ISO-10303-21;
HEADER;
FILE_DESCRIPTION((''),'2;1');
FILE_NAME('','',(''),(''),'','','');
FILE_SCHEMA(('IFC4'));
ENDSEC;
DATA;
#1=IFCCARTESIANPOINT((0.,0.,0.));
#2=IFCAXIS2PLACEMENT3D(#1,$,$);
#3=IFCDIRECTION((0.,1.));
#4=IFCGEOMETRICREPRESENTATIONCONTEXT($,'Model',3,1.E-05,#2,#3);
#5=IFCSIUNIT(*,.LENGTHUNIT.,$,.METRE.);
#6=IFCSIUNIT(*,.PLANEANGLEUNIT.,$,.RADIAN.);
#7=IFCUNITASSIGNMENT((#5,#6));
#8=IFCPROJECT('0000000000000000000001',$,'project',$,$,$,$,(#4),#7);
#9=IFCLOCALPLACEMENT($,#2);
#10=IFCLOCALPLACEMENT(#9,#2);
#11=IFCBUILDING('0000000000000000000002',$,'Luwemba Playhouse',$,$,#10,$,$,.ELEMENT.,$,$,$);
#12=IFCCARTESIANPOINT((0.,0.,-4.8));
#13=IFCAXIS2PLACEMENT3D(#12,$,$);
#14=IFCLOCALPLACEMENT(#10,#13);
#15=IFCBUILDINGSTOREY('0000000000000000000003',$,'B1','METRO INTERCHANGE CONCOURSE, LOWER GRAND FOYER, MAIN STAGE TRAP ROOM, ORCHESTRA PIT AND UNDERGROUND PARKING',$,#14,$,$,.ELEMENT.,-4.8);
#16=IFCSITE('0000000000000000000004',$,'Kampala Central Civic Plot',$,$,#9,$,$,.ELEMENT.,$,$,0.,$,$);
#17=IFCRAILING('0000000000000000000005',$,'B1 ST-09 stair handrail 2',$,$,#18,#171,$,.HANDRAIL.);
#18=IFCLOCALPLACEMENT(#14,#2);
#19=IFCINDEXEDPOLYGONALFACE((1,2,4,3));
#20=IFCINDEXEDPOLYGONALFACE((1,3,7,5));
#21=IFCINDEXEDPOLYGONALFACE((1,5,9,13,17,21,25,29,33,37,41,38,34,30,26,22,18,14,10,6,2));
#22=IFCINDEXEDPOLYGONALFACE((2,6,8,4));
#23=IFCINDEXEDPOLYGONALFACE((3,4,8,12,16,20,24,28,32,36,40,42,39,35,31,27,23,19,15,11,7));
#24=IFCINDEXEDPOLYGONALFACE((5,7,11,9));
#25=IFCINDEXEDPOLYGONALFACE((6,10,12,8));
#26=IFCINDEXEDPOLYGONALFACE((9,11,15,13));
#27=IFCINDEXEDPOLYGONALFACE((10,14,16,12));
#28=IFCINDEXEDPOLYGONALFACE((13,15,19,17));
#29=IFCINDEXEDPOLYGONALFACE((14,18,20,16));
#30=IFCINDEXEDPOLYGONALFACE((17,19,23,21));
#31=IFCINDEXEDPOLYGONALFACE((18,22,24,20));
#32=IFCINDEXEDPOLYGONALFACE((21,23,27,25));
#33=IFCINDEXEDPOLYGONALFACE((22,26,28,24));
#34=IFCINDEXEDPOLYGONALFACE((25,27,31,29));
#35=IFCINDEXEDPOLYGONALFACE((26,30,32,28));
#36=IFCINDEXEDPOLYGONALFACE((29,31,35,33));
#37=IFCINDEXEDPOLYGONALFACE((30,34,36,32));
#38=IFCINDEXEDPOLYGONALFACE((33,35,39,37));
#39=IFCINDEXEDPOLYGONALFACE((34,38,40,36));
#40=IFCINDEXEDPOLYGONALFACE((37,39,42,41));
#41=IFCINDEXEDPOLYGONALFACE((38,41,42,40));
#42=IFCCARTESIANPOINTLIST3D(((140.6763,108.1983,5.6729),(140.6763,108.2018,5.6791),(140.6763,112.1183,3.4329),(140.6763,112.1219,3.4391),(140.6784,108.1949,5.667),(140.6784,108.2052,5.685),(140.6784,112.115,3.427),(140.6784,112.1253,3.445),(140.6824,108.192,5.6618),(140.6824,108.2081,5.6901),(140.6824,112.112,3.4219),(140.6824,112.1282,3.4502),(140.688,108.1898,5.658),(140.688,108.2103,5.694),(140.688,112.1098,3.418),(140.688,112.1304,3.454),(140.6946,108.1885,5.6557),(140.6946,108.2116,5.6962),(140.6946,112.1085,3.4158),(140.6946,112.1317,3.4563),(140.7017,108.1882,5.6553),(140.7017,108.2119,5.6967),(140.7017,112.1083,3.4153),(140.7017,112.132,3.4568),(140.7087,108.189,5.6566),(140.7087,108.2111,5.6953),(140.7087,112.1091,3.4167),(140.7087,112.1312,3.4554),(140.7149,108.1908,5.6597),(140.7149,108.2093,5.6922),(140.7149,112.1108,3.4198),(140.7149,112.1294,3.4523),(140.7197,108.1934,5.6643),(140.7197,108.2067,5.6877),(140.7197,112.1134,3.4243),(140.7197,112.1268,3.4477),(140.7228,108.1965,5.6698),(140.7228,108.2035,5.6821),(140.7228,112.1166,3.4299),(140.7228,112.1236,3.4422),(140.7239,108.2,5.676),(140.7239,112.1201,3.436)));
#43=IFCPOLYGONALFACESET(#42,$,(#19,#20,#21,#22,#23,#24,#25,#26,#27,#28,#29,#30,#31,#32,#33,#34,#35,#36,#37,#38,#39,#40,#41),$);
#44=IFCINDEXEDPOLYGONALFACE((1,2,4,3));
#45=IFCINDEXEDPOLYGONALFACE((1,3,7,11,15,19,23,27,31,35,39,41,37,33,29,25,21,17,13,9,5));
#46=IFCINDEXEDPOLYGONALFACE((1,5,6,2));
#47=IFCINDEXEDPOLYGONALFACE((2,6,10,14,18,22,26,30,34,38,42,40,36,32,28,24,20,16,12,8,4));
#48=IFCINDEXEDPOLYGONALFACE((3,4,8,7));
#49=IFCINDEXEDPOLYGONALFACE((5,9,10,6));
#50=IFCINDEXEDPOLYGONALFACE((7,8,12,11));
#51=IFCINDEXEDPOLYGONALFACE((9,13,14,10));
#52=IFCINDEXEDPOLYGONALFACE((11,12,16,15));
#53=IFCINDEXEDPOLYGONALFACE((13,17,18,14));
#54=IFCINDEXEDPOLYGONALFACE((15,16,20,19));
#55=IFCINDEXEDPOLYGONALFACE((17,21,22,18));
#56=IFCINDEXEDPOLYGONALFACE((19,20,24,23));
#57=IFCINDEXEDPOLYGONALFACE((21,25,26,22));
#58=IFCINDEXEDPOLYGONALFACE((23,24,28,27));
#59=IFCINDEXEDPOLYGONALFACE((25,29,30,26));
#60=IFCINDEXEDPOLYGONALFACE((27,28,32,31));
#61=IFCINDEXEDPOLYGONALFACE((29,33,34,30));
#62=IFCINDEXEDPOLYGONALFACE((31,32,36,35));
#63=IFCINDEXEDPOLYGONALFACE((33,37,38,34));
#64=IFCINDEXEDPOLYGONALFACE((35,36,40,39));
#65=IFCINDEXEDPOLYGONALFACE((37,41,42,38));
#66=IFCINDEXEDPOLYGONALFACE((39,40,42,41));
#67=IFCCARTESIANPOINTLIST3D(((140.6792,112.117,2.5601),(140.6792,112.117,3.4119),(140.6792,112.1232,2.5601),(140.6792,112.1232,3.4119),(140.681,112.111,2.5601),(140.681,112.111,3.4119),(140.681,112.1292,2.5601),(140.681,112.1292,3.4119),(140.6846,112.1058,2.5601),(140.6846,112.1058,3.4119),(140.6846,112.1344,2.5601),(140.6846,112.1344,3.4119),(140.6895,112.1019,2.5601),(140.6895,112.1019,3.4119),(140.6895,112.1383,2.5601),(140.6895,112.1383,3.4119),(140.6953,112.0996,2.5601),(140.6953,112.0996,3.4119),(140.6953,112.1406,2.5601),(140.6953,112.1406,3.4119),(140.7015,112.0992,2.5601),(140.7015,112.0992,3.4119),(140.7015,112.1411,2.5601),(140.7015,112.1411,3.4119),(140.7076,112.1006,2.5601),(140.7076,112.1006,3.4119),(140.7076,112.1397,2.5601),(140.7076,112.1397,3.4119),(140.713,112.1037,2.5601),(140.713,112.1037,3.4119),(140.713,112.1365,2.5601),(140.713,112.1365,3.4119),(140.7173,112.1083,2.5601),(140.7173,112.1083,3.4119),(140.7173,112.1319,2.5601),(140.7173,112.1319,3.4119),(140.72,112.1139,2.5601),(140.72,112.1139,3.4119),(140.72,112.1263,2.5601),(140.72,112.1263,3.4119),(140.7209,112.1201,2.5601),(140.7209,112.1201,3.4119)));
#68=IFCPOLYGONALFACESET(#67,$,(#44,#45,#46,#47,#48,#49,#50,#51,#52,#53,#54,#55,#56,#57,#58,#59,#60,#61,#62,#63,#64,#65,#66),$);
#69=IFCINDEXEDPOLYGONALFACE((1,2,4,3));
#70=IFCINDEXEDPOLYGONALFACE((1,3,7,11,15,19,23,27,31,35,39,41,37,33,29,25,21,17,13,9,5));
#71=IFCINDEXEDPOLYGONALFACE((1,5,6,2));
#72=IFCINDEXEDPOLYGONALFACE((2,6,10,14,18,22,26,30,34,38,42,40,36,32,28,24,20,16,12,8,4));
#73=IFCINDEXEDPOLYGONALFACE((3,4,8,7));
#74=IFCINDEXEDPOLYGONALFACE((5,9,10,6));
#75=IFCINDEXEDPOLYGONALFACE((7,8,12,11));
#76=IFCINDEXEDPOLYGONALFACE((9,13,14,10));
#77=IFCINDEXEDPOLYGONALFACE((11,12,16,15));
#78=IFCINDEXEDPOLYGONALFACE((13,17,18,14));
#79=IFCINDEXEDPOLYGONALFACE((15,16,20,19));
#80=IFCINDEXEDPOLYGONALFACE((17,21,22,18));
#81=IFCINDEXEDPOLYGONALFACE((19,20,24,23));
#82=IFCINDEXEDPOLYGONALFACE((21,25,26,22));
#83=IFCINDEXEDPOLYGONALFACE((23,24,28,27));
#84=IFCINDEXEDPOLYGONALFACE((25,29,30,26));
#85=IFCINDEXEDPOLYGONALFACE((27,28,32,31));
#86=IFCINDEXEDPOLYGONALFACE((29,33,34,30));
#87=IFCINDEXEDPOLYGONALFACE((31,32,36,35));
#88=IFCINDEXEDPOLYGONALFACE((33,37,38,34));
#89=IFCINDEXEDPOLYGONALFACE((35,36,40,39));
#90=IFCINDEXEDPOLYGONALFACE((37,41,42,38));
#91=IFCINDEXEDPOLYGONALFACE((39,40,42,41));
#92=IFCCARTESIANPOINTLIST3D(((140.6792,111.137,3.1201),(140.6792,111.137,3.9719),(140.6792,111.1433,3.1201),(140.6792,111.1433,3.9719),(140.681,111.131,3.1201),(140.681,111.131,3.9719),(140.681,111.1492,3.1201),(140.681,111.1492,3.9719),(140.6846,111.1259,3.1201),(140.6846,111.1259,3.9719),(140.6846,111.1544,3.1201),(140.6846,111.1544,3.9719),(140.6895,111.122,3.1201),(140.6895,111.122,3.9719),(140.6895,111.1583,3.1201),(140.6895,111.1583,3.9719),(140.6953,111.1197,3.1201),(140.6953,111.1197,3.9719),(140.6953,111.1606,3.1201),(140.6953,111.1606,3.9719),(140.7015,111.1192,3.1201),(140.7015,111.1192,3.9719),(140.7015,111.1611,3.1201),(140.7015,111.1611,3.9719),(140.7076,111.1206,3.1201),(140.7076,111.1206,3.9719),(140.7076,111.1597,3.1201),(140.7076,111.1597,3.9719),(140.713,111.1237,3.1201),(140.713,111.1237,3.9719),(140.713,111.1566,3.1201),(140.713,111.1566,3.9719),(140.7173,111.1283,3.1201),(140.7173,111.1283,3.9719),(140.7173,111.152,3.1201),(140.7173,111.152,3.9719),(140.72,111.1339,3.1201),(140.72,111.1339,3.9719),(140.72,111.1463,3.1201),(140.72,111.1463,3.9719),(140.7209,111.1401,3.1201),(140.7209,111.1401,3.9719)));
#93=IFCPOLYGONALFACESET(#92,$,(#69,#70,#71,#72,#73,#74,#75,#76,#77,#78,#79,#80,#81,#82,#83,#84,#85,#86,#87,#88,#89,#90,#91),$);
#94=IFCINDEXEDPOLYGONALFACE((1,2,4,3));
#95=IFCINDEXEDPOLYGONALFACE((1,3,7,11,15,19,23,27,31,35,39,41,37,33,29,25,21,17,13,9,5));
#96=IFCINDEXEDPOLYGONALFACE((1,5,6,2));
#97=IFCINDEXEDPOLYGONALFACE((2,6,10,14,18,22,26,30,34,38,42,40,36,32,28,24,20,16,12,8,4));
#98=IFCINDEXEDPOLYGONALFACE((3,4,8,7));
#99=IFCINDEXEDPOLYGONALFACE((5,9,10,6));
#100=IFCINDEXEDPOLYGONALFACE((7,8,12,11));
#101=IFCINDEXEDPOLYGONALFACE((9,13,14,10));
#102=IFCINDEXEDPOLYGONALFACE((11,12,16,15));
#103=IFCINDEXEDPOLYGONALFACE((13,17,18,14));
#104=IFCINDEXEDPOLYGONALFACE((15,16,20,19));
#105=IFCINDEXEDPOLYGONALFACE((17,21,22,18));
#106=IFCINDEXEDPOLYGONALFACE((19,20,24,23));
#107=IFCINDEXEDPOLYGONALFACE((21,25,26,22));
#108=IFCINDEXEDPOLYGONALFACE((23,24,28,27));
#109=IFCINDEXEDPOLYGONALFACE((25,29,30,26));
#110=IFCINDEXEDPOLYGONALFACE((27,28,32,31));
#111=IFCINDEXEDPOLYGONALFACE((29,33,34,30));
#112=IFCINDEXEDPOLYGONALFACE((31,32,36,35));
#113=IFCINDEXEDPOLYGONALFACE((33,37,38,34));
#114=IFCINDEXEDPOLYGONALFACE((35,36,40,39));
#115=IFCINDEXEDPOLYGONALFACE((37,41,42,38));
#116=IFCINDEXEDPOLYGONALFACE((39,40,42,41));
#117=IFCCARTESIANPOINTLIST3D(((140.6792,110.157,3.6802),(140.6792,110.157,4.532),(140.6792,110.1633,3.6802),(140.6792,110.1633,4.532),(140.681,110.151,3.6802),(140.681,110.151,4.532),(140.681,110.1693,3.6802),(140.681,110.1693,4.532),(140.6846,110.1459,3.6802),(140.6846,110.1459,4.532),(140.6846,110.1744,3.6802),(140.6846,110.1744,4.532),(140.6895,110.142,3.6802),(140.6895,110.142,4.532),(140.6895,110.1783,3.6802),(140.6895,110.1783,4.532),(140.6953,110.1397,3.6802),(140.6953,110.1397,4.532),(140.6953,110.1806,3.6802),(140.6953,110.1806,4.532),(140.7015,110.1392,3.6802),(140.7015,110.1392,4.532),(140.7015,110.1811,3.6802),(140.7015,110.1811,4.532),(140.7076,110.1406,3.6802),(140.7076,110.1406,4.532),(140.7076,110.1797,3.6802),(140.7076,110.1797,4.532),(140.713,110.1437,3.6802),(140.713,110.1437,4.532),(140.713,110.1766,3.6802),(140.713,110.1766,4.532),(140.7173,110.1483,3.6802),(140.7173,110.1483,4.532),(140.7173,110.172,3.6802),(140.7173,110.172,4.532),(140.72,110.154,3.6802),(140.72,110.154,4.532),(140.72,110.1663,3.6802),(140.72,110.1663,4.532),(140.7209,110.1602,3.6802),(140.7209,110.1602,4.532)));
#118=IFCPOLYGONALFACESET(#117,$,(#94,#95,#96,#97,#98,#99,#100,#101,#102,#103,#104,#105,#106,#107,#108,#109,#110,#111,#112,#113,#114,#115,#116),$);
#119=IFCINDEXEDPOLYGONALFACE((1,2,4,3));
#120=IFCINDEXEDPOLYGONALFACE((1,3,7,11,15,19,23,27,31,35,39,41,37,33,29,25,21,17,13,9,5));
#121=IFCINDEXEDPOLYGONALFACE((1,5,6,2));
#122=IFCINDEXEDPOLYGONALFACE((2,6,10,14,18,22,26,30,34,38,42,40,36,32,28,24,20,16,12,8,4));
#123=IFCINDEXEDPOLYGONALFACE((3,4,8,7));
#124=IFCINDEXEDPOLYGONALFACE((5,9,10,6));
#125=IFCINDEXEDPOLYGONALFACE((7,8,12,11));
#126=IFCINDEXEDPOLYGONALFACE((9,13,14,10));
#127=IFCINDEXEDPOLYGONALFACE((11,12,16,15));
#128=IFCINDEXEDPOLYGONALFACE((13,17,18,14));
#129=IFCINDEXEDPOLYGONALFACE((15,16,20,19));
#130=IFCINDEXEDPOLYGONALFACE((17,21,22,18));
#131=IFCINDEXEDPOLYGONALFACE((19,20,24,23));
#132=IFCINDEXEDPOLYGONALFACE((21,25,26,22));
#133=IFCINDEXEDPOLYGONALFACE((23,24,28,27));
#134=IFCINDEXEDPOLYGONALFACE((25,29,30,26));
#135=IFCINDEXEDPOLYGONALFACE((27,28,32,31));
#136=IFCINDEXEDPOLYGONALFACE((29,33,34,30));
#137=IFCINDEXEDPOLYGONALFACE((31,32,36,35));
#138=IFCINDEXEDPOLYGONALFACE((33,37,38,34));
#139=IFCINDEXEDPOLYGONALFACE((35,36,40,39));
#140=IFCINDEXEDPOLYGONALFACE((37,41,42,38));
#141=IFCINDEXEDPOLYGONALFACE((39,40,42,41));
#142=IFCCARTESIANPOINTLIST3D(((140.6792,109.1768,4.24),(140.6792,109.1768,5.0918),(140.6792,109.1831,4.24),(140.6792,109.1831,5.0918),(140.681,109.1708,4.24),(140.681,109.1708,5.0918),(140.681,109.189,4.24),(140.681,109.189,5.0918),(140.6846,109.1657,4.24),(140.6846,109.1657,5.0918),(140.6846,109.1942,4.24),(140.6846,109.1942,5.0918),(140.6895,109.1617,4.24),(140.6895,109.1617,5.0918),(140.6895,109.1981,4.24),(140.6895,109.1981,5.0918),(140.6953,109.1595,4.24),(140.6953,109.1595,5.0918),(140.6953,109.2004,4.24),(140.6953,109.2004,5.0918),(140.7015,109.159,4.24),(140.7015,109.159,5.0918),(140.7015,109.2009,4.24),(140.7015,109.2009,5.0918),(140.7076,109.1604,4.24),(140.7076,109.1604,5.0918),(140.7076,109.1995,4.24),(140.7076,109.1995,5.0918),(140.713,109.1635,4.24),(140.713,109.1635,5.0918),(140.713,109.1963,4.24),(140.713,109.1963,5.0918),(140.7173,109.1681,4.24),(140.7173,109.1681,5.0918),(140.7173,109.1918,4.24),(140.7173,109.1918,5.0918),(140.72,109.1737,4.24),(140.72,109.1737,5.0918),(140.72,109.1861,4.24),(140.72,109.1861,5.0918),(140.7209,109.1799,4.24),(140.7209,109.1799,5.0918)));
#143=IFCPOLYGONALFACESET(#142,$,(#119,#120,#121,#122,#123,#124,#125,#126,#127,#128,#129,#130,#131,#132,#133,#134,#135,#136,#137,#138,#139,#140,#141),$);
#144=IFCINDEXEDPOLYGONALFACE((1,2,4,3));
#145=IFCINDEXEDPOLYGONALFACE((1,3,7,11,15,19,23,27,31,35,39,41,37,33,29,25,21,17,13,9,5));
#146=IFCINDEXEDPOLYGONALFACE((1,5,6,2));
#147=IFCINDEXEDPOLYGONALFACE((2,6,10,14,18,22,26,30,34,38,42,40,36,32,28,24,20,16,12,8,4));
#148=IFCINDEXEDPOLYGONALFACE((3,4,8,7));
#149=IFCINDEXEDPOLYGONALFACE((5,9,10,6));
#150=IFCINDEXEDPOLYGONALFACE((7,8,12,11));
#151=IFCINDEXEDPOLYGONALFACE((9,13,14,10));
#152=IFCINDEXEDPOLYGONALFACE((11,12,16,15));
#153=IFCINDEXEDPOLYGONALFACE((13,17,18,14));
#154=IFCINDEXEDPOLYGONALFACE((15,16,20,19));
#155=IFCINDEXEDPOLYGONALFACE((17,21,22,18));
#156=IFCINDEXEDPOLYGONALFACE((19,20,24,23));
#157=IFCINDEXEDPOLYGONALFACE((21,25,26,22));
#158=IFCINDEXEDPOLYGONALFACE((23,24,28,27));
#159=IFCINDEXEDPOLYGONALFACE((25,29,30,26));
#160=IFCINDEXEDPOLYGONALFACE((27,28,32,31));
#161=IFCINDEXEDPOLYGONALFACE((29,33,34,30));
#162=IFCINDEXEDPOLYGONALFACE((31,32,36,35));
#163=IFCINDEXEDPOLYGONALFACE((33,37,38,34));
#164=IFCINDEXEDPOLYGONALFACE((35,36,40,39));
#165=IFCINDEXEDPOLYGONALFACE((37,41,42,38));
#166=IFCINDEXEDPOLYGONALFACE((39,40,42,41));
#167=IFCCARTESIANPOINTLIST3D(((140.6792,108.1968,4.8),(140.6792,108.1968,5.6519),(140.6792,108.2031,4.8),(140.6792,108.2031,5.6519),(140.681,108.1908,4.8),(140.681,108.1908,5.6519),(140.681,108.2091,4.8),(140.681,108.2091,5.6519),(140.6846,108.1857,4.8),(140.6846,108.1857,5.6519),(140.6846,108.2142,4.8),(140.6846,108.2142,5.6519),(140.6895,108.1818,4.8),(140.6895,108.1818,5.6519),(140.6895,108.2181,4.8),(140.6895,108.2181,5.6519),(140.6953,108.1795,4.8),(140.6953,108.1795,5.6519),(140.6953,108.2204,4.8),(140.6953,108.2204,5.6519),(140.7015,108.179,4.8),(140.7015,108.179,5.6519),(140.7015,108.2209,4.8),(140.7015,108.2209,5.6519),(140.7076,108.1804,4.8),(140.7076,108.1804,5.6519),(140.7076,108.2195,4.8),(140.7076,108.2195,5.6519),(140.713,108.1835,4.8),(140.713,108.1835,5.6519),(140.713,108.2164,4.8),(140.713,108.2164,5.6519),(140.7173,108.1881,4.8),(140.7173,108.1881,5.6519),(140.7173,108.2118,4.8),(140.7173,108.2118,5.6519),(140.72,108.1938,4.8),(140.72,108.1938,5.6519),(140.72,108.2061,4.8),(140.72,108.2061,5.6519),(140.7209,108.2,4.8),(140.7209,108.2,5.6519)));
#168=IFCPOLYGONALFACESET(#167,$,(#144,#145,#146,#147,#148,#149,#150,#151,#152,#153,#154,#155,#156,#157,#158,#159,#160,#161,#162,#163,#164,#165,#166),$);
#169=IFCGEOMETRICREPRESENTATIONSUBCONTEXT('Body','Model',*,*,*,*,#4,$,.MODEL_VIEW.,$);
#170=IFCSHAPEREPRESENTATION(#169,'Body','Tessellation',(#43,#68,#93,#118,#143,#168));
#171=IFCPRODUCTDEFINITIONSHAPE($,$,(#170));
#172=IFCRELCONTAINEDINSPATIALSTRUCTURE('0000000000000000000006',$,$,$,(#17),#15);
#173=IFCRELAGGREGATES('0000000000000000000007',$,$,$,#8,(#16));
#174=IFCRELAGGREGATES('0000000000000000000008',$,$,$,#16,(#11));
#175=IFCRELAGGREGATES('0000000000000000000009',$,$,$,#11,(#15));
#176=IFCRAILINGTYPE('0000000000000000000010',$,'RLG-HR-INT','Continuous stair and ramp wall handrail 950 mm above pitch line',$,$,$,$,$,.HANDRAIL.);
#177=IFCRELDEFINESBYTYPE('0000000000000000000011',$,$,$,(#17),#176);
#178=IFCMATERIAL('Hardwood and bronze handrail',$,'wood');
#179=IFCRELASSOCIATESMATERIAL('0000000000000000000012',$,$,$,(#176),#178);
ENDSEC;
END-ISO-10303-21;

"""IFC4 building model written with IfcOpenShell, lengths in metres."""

from ifc_helpers import new_model, si_unit, direction, frame, origin, origin_2d, place, context, subcontext, project, spatial, circle, extrude, material, type_object, element, save


model = new_model("IFC4")

# Units and contexts
model_context = context("Model", 3, precision=1e-05, world=origin(), true_north=direction((0.0, 1.0)))
body_context = subcontext(model_context, "Body", "Model", "MODEL_VIEW")
ifc_project = project(units=[si_unit("LENGTHUNIT", "METRE"), si_unit("PLANEANGLEUNIT", "RADIAN")], contexts=[model_context])

# Site, building, storey
site_placement = place(None, origin())
site = spatial("IfcSite", under=ifc_project, at=site_placement, Name="Kampala Central Civic Plot", CompositionType="ELEMENT", RefElevation=0.0)
building_placement = place(site_placement, origin())
building = spatial("IfcBuilding", under=site, at=building_placement, Name="Luwemba Playhouse", CompositionType="ELEMENT")
storey_placement = place(building_placement, frame((0.0, 0.0, -4.8)))
storey = spatial("IfcBuildingStorey", under=building, at=storey_placement, Name="B1", Description="METRO INTERCHANGE CONCOURSE, LOWER GRAND FOYER, MAIN STAGE TRAP ROOM, ORCHESTRA PIT AND UNDERGROUND PARKING", CompositionType="ELEMENT", Elevation=-4.8)

# Railing
ifc_material_1 = material(Name="Hardwood and bronze handrail", Category="wood")
railing_type_1 = type_object("IfcRailingType", Name="RLG-HR-INT", Description="Continuous stair and ramp wall handrail 950 mm above pitch line", PredefinedType="HANDRAIL", material=ifc_material_1)
railing_1_placement = place(storey_placement, frame((140.7, 112.1201, 2.5601)))
element("IfcRailing", 1, at=railing_1_placement, inside=storey, type_object=railing_type_1, Name="B1 ST-09 stair handrail 2", PredefinedType="HANDRAIL", context=body_context, shape_type="SweptSolid", body=[
    extrude(circle(Radius=0.0239, at=origin_2d()), frame((0.0, 0.0, 0.876), z_axis=(0.0, -0.868253, 0.496121), x_axis=(1.0, 0.0, 0.0)), (0.0, 0.0, 1.0), 4.5149),
    extrude(circle(Radius=0.021, at=origin_2d()), origin(), (0.0, 0.0, 1.0), 0.8518),
    extrude(circle(Radius=0.021, at=origin_2d()), frame((0.0, -0.98, 0.5601)), (0.0, 0.0, 1.0), 0.8518),
    extrude(circle(Radius=0.021, at=origin_2d()), frame((0.0, -1.96, 1.1201)), (0.0, 0.0, 1.0), 0.8518),
    extrude(circle(Radius=0.021, at=origin_2d()), frame((0.0, -2.9402, 1.6799)), (0.0, 0.0, 1.0), 0.8518),
    extrude(circle(Radius=0.021, at=origin_2d()), frame((0.0, -3.9202, 2.24)), (0.0, 0.0, 1.0), 0.8518),
])

save(model, "model.ifc")
